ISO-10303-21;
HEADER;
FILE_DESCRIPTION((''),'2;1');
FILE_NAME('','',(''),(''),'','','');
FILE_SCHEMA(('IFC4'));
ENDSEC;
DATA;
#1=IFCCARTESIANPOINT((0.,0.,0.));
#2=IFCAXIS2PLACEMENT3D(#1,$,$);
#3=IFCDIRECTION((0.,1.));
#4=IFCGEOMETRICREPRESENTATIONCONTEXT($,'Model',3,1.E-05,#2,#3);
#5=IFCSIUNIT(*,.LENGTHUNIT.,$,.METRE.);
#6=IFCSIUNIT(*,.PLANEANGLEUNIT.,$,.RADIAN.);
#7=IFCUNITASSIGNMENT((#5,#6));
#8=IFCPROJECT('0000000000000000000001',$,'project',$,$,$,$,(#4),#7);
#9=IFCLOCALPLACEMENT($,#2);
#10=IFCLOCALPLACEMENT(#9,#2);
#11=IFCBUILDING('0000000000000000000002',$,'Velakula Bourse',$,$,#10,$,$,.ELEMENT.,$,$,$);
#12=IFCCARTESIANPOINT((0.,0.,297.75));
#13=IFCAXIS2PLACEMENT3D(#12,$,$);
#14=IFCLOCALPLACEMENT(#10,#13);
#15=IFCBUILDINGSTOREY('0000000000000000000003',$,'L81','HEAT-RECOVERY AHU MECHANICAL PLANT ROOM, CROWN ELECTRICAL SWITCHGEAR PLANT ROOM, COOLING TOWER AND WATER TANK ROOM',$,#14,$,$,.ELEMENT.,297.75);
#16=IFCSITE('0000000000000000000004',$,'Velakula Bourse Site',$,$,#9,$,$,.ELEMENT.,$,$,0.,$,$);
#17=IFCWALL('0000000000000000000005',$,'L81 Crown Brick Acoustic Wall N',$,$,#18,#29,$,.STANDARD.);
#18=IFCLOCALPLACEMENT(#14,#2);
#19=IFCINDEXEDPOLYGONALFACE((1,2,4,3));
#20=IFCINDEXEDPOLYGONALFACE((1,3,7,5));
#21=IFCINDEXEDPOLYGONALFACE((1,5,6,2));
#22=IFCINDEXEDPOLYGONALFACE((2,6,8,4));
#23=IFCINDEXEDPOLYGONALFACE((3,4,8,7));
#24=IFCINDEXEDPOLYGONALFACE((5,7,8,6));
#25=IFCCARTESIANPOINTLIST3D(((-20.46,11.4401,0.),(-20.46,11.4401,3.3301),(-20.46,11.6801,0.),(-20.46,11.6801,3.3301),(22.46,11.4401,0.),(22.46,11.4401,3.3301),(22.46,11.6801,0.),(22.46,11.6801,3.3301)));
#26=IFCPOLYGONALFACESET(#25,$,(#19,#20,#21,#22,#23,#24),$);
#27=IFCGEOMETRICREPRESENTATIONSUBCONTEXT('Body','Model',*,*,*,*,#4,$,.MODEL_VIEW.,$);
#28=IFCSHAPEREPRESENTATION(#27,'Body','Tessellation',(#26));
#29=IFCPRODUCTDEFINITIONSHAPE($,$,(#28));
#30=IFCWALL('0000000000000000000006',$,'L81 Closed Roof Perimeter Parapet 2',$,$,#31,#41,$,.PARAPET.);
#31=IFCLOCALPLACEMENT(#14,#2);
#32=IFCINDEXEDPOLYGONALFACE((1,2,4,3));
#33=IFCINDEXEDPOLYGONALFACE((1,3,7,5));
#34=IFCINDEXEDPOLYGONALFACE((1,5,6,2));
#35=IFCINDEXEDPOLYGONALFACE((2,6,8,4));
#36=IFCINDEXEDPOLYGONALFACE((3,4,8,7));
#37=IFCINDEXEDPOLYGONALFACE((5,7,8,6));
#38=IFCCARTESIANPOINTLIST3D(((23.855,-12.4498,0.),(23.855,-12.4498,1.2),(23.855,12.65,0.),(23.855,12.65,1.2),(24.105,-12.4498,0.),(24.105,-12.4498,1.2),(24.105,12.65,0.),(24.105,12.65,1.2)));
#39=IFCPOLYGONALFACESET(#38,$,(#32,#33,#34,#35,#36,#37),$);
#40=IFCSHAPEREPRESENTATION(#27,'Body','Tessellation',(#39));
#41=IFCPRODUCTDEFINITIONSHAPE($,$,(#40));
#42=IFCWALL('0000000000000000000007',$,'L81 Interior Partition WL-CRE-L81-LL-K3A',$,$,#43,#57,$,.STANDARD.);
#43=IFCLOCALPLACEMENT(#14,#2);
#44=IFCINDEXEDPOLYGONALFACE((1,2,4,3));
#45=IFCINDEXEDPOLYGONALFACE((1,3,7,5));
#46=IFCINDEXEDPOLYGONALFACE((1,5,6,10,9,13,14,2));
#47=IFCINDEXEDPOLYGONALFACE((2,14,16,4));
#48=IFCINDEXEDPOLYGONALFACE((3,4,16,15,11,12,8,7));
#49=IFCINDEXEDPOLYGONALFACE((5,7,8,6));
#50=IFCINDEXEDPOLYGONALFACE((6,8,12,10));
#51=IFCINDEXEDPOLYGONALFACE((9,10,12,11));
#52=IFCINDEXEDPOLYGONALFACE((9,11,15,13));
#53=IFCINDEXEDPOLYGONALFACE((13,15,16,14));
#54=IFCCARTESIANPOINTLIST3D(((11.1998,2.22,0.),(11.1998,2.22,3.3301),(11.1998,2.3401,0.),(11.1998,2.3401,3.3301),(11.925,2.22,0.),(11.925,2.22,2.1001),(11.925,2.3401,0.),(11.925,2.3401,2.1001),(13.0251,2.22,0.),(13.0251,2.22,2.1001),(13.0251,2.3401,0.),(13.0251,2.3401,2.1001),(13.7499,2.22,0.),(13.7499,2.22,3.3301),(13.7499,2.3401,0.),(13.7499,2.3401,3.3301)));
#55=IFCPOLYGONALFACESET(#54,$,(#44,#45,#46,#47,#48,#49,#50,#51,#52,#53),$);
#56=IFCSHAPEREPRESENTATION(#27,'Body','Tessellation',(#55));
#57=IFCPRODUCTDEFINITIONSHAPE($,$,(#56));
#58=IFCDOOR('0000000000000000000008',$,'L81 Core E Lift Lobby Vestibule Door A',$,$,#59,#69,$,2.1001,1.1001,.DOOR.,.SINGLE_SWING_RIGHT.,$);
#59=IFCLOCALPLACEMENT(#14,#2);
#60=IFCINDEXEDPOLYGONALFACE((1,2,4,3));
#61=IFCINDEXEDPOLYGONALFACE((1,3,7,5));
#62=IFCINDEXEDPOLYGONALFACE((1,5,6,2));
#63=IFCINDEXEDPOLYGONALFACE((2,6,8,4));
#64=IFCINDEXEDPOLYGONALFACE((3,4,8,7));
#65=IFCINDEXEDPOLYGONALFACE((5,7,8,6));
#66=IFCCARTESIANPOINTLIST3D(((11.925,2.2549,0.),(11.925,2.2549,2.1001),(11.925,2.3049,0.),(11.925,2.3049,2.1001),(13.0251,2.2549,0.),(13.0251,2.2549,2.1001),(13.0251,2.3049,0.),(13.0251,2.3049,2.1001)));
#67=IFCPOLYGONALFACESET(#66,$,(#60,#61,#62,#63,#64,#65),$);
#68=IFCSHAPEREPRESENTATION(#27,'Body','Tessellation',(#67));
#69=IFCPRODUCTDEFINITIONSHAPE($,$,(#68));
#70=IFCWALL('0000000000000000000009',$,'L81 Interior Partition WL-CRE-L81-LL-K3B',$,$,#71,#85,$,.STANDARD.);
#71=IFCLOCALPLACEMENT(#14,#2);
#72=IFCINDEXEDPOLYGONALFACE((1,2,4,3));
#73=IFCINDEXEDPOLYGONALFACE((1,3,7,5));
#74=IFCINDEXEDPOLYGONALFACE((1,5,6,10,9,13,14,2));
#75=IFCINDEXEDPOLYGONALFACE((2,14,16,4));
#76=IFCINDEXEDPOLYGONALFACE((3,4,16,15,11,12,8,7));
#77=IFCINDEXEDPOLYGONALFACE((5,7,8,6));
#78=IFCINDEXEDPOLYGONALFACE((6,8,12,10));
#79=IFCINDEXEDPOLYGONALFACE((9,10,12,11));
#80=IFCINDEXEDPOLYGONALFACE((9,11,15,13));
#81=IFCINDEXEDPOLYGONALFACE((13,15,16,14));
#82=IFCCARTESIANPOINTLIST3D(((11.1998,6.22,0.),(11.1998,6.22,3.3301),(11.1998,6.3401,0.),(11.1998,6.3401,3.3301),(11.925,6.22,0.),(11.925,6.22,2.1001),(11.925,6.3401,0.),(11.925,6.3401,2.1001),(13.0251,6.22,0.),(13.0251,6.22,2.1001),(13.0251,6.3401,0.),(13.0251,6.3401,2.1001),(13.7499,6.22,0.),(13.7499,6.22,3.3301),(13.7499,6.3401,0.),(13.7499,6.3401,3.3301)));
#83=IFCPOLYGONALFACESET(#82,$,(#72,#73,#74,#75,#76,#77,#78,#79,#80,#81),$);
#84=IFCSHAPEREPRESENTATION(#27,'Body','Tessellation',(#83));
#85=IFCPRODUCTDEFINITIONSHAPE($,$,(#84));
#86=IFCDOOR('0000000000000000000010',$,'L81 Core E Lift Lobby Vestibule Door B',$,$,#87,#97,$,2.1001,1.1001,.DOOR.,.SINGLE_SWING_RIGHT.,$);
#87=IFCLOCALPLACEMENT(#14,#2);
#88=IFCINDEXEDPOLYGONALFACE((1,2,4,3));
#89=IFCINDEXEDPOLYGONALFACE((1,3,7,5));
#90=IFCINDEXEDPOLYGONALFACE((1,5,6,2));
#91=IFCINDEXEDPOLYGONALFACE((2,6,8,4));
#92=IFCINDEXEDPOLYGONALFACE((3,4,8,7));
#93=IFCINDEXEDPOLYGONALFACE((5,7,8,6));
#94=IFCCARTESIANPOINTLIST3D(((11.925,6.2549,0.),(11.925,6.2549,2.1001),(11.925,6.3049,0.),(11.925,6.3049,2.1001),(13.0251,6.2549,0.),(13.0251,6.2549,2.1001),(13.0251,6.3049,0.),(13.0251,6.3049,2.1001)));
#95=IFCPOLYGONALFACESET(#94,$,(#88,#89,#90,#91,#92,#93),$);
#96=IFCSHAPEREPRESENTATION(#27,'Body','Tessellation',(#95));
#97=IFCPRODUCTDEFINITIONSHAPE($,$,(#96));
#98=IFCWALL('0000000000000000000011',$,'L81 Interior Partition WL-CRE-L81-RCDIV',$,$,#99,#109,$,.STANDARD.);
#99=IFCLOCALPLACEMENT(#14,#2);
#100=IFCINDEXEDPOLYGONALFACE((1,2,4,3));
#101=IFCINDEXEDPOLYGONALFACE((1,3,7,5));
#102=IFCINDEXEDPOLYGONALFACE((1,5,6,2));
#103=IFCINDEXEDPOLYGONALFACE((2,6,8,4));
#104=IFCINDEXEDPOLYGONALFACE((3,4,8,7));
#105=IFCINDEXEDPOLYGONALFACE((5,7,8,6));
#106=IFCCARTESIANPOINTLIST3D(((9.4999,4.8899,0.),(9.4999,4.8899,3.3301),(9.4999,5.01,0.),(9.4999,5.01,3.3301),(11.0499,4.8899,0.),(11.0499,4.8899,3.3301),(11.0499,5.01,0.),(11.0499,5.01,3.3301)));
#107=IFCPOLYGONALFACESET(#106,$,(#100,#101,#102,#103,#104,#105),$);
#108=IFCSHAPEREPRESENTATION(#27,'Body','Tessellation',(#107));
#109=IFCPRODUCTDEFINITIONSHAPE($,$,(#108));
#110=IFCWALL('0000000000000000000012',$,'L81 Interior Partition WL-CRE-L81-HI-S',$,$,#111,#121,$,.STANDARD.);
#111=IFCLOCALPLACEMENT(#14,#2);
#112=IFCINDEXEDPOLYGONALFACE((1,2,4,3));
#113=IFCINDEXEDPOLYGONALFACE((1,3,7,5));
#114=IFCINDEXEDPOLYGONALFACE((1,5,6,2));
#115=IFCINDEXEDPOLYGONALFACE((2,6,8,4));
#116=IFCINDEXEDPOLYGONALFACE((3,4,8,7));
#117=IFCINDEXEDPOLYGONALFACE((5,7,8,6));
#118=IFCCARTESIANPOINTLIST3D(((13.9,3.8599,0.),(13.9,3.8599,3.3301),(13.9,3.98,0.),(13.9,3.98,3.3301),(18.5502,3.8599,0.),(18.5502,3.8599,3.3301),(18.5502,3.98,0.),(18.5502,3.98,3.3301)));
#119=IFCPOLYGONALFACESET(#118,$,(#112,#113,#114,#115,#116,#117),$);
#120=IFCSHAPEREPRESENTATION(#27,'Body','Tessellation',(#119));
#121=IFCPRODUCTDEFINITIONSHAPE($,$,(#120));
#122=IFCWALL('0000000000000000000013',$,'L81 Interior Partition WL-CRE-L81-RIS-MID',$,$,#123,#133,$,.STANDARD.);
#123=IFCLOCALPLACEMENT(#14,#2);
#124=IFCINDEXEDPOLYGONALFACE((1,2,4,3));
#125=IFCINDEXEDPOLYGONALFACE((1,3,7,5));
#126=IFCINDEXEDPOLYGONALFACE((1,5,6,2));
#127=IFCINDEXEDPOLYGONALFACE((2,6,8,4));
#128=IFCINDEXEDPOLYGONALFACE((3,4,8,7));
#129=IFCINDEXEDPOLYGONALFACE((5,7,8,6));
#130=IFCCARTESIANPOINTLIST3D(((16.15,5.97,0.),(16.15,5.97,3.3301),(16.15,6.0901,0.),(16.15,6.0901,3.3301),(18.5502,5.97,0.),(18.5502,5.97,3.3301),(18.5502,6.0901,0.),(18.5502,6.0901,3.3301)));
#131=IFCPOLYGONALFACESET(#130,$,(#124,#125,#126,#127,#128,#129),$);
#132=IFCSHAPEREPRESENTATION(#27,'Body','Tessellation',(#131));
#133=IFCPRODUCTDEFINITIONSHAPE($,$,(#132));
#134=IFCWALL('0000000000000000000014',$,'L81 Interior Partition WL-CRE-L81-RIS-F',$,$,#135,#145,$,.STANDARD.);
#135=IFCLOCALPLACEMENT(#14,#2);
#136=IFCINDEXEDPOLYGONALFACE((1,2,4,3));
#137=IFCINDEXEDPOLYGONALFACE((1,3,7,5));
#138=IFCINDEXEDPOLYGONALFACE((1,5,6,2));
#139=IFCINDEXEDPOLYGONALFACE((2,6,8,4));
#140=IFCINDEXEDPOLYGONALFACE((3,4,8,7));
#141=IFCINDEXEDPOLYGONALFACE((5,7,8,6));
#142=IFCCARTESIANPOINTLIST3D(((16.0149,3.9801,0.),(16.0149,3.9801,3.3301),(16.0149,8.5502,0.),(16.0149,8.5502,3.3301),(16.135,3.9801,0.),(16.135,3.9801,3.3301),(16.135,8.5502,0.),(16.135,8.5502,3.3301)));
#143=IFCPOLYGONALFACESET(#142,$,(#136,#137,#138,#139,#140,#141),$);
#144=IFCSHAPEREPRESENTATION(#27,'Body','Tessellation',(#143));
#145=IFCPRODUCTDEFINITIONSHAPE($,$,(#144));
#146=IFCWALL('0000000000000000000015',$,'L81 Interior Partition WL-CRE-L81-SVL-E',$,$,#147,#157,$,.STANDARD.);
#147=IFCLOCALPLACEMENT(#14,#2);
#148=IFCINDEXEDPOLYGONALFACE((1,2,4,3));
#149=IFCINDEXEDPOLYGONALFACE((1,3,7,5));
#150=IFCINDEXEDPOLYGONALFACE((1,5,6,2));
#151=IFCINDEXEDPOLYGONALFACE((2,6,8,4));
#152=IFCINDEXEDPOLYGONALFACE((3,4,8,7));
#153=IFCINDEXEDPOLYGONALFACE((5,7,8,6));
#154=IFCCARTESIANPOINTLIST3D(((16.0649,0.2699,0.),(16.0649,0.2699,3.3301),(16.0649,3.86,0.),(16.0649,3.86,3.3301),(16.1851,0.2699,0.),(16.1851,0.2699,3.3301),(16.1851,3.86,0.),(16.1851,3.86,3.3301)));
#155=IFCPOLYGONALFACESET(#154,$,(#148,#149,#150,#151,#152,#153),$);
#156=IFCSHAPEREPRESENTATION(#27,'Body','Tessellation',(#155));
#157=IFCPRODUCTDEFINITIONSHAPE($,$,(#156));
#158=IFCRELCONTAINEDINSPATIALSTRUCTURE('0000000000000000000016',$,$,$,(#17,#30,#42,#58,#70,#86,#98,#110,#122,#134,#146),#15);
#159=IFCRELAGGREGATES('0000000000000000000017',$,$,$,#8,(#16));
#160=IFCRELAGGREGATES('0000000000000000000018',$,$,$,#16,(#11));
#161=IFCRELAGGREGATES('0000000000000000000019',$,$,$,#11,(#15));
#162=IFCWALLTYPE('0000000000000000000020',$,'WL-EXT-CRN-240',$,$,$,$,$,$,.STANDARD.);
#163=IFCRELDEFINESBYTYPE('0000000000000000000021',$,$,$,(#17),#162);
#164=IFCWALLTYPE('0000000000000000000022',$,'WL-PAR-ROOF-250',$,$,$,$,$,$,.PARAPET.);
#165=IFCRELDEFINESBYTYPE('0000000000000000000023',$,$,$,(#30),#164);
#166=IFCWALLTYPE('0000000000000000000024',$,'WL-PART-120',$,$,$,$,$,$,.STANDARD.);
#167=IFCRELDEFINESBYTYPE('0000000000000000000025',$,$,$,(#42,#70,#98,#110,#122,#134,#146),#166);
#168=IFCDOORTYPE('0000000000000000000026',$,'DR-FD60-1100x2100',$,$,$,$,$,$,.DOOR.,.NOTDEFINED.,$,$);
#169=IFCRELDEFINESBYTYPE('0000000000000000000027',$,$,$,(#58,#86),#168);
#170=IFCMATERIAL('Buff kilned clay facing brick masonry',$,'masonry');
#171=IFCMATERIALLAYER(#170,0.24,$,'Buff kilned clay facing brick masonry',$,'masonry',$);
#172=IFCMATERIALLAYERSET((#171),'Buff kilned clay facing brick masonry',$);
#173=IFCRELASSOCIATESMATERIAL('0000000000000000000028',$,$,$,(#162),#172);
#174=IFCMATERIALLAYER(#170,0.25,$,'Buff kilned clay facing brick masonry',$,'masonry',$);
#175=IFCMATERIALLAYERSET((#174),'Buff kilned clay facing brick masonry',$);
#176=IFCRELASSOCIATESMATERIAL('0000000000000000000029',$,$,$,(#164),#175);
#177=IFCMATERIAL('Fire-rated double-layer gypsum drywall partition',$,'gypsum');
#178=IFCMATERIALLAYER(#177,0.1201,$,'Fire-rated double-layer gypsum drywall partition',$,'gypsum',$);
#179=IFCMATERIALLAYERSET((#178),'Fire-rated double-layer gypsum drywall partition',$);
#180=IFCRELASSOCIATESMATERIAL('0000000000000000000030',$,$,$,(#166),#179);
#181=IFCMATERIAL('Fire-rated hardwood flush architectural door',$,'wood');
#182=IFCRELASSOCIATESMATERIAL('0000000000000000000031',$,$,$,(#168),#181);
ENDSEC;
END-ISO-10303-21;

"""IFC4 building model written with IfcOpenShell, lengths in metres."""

from ifc_helpers import new_model, si_unit, direction, frame, frame_2d, origin, place, context, subcontext, project, spatial, rectangle, extrude, material, layer, layer_set, type_object, element, fill, save


model = new_model("IFC4")

# Units and contexts
model_context = context("Model", 3, precision=1e-05, world=origin(), true_north=direction((0.0, 1.0)))
body_context = subcontext(model_context, "Body", "Model", "MODEL_VIEW")
ifc_project = project(units=[si_unit("LENGTHUNIT", "METRE"), si_unit("PLANEANGLEUNIT", "RADIAN")], contexts=[model_context])

# Site, building, storey
site_placement = place(None, origin())
site = spatial("IfcSite", under=ifc_project, at=site_placement, Name="Velakula Bourse Site", CompositionType="ELEMENT", RefElevation=0.0)
building_placement = place(site_placement, origin())
building = spatial("IfcBuilding", under=site, at=building_placement, Name="Velakula Bourse", CompositionType="ELEMENT")
storey_placement = place(building_placement, frame((0.0, 0.0, 297.75)))
storey = spatial("IfcBuildingStorey", under=building, at=storey_placement, Name="L81", Description="HEAT-RECOVERY AHU MECHANICAL PLANT ROOM, CROWN ELECTRICAL SWITCHGEAR PLANT ROOM, COOLING TOWER AND WATER TANK ROOM", CompositionType="ELEMENT", Elevation=297.75)

# Walls
ifc_material_1 = material(Name="Buff kilned clay facing brick masonry", Category="masonry")
ifc_layer_1 = layer(ifc_material_1, 0.24, Name="Buff kilned clay facing brick masonry", Category="masonry")
ifc_layer_set_1 = layer_set([ifc_layer_1], Name="Buff kilned clay facing brick masonry")
wall_type_1 = type_object("IfcWallType", Name="WL-EXT-CRN-240", PredefinedType="STANDARD", material=ifc_layer_set_1)
wall_1_placement = place(storey_placement, frame((22.46, 11.5601, 0.0), z_axis=(0.0, 0.0, 1.0), x_axis=(-1.0, 0.0, 0.0)))
element("IfcWall", 1, at=wall_1_placement, inside=storey, type_object=wall_type_1, Name="L81 Crown Brick Acoustic Wall N", PredefinedType="STANDARD", context=body_context, shape_type="SweptSolid", body=[
    extrude(rectangle(XDim=42.9199, YDim=0.24, at=frame_2d((21.46, 0.0))), origin(), (0.0, 0.0, 1.0), 3.3301),
])
ifc_layer_2 = layer(ifc_material_1, 0.25, Name="Buff kilned clay facing brick masonry", Category="masonry")
ifc_layer_set_2 = layer_set([ifc_layer_2], Name="Buff kilned clay facing brick masonry")
wall_type_2 = type_object("IfcWallType", Name="WL-PAR-ROOF-250", PredefinedType="PARAPET", material=ifc_layer_set_2)
wall_2_placement = place(storey_placement, frame((23.98, 12.6499, 0.0), z_axis=(0.0, 0.0, 1.0), x_axis=(0.0, -1.0, 0.0)))
element("IfcWall", 2, at=wall_2_placement, inside=storey, type_object=wall_type_2, Name="L81 Closed Roof Perimeter Parapet 2", PredefinedType="PARAPET", context=body_context, shape_type="SweptSolid", body=[
    extrude(rectangle(XDim=25.0999, YDim=0.25, at=frame_2d((12.5498, 0.0))), origin(), (0.0, 0.0, 1.0), 1.2),
])

# Walls, openings, doors
ifc_material_2 = material(Name="Fire-rated double-layer gypsum drywall partition", Category="gypsum")
ifc_layer_3 = layer(ifc_material_2, 0.1201, Name="Fire-rated double-layer gypsum drywall partition", Category="gypsum")
ifc_layer_set_3 = layer_set([ifc_layer_3], Name="Fire-rated double-layer gypsum drywall partition")
wall_type_3 = type_object("IfcWallType", Name="WL-PART-120", PredefinedType="STANDARD", material=ifc_layer_set_3)
wall_3_placement = place(storey_placement, frame((11.2, 2.28, 0.0), z_axis=(0.0, 0.0, 1.0), x_axis=(1.0, 0.0, 0.0)))
wall_3 = element("IfcWall", 3, at=wall_3_placement, inside=storey, type_object=wall_type_3, Name="L81 Interior Partition WL-CRE-L81-LL-K3A", PredefinedType="STANDARD", context=body_context, shape_type="SweptSolid", body=[
    extrude(rectangle(XDim=2.55, YDim=0.1201, at=frame_2d((1.2749, 0.0))), origin(), (0.0, 0.0, 1.0), 3.3301),
])
opening_1_placement = place(wall_3_placement, frame((0.7251, 0.0, 0.0)))
opening_1 = element("IfcOpeningElement", 4, at=opening_1_placement, cuts=wall_3, PredefinedType="OPENING", context=body_context, shape_type="SweptSolid", body=[
    extrude(rectangle(XDim=1.1001, YDim=2.1001, at=frame_2d((0.55, 1.05))), frame((0.0, 0.0701, 0.0), z_axis=(0.0, -1.0, 0.0), x_axis=(1.0, 0.0, 0.0)), (0.0, 0.0, 1.0), 0.1401),
])
ifc_material_3 = material(Name="Fire-rated hardwood flush architectural door", Category="wood")
door_type_1 = type_object("IfcDoorType", Name="DR-FD60-1100x2100", OperationType="NOTDEFINED", PredefinedType="DOOR", material=ifc_material_3)
door_1_placement = place(opening_1_placement, origin())
door_1 = element("IfcDoor", 5, at=door_1_placement, inside=storey, type_object=door_type_1, Name="L81 Core E Lift Lobby Vestibule Door A", OperationType="SINGLE_SWING_RIGHT", OverallHeight=2.1001, OverallWidth=1.1001, PredefinedType="DOOR", context=body_context, shape_type="SweptSolid", body=[
    extrude(rectangle(XDim=1.1001, YDim=2.1001, at=frame_2d((0.55, 1.05))), frame((0.0, 0.0249, 0.0), z_axis=(0.0, -1.0, 0.0), x_axis=(1.0, 0.0, 0.0)), (0.0, 0.0, 1.0), 0.05),
])
fill(opening_1, door_1)
wall_4_placement = place(storey_placement, frame((11.2, 6.28, 0.0), z_axis=(0.0, 0.0, 1.0), x_axis=(1.0, 0.0, 0.0)))
wall_4 = element("IfcWall", 6, at=wall_4_placement, inside=storey, type_object=wall_type_3, Name="L81 Interior Partition WL-CRE-L81-LL-K3B", PredefinedType="STANDARD", context=body_context, shape_type="SweptSolid", body=[
    extrude(rectangle(XDim=2.55, YDim=0.1201, at=frame_2d((1.2749, 0.0))), origin(), (0.0, 0.0, 1.0), 3.3301),
])
opening_2_placement = place(wall_4_placement, frame((0.7251, 0.0, 0.0)))
opening_2 = element("IfcOpeningElement", 7, at=opening_2_placement, cuts=wall_4, PredefinedType="OPENING", context=body_context, shape_type="SweptSolid", body=[
    extrude(rectangle(XDim=1.1001, YDim=2.1001, at=frame_2d((0.55, 1.05))), frame((0.0, 0.0701, 0.0), z_axis=(0.0, -1.0, 0.0), x_axis=(1.0, 0.0, 0.0)), (0.0, 0.0, 1.0), 0.1401),
])
door_2_placement = place(opening_2_placement, origin())
door_2 = element("IfcDoor", 8, at=door_2_placement, inside=storey, type_object=door_type_1, Name="L81 Core E Lift Lobby Vestibule Door B", OperationType="SINGLE_SWING_RIGHT", OverallHeight=2.1001, OverallWidth=1.1001, PredefinedType="DOOR", context=body_context, shape_type="SweptSolid", body=[
    extrude(rectangle(XDim=1.1001, YDim=2.1001, at=frame_2d((0.55, 1.05))), frame((0.0, 0.0249, 0.0), z_axis=(0.0, -1.0, 0.0), x_axis=(1.0, 0.0, 0.0)), (0.0, 0.0, 1.0), 0.05),
])
fill(opening_2, door_2)

# Walls
wall_5_placement = place(storey_placement, frame((9.5, 4.95, 0.0), z_axis=(0.0, 0.0, 1.0), x_axis=(1.0, 0.0, 0.0)))
element("IfcWall", 9, at=wall_5_placement, inside=storey, type_object=wall_type_3, Name="L81 Interior Partition WL-CRE-L81-RCDIV", PredefinedType="STANDARD", context=body_context, shape_type="SweptSolid", body=[
    extrude(rectangle(XDim=1.55, YDim=0.1201, at=frame_2d((0.7749, 0.0))), origin(), (0.0, 0.0, 1.0), 3.3301),
])
wall_6_placement = place(storey_placement, frame((13.8999, 3.9199, 0.0), z_axis=(0.0, 0.0, 1.0), x_axis=(1.0, 0.0, 0.0)))
element("IfcWall", 10, at=wall_6_placement, inside=storey, type_object=wall_type_3, Name="L81 Interior Partition WL-CRE-L81-HI-S", PredefinedType="STANDARD", context=body_context, shape_type="SweptSolid", body=[
    extrude(rectangle(XDim=4.6501, YDim=0.1201, at=frame_2d((2.3252, 0.0))), origin(), (0.0, 0.0, 1.0), 3.3301),
])
wall_7_placement = place(storey_placement, frame((16.1499, 6.03, 0.0), z_axis=(0.0, 0.0, 1.0), x_axis=(1.0, 0.0, 0.0)))
element("IfcWall", 11, at=wall_7_placement, inside=storey, type_object=wall_type_3, Name="L81 Interior Partition WL-CRE-L81-RIS-MID", PredefinedType="STANDARD", context=body_context, shape_type="SweptSolid", body=[
    extrude(rectangle(XDim=2.4001, YDim=0.1201, at=frame_2d((1.2002, 0.0))), origin(), (0.0, 0.0, 1.0), 3.3301),
])
wall_8_placement = place(storey_placement, frame((16.075, 3.98, 0.0), z_axis=(0.0, 0.0, 1.0), x_axis=(0.0, 1.0, 0.0)))
element("IfcWall", 12, at=wall_8_placement, inside=storey, type_object=wall_type_3, Name="L81 Interior Partition WL-CRE-L81-RIS-F", PredefinedType="STANDARD", context=body_context, shape_type="SweptSolid", body=[
    extrude(rectangle(XDim=4.5701, YDim=0.1201, at=frame_2d((2.2852, 0.0))), origin(), (0.0, 0.0, 1.0), 3.3301),
])
wall_9_placement = place(storey_placement, frame((16.125, 0.27, 0.0), z_axis=(0.0, 0.0, 1.0), x_axis=(0.0, 1.0, 0.0)))
element("IfcWall", 13, at=wall_9_placement, inside=storey, type_object=wall_type_3, Name="L81 Interior Partition WL-CRE-L81-SVL-E", PredefinedType="STANDARD", context=body_context, shape_type="SweptSolid", body=[
    extrude(rectangle(XDim=3.5901, YDim=0.1201, at=frame_2d((1.7949, 0.0))), origin(), (0.0, 0.0, 1.0), 3.3301),
])

save(model, "model.ifc")
